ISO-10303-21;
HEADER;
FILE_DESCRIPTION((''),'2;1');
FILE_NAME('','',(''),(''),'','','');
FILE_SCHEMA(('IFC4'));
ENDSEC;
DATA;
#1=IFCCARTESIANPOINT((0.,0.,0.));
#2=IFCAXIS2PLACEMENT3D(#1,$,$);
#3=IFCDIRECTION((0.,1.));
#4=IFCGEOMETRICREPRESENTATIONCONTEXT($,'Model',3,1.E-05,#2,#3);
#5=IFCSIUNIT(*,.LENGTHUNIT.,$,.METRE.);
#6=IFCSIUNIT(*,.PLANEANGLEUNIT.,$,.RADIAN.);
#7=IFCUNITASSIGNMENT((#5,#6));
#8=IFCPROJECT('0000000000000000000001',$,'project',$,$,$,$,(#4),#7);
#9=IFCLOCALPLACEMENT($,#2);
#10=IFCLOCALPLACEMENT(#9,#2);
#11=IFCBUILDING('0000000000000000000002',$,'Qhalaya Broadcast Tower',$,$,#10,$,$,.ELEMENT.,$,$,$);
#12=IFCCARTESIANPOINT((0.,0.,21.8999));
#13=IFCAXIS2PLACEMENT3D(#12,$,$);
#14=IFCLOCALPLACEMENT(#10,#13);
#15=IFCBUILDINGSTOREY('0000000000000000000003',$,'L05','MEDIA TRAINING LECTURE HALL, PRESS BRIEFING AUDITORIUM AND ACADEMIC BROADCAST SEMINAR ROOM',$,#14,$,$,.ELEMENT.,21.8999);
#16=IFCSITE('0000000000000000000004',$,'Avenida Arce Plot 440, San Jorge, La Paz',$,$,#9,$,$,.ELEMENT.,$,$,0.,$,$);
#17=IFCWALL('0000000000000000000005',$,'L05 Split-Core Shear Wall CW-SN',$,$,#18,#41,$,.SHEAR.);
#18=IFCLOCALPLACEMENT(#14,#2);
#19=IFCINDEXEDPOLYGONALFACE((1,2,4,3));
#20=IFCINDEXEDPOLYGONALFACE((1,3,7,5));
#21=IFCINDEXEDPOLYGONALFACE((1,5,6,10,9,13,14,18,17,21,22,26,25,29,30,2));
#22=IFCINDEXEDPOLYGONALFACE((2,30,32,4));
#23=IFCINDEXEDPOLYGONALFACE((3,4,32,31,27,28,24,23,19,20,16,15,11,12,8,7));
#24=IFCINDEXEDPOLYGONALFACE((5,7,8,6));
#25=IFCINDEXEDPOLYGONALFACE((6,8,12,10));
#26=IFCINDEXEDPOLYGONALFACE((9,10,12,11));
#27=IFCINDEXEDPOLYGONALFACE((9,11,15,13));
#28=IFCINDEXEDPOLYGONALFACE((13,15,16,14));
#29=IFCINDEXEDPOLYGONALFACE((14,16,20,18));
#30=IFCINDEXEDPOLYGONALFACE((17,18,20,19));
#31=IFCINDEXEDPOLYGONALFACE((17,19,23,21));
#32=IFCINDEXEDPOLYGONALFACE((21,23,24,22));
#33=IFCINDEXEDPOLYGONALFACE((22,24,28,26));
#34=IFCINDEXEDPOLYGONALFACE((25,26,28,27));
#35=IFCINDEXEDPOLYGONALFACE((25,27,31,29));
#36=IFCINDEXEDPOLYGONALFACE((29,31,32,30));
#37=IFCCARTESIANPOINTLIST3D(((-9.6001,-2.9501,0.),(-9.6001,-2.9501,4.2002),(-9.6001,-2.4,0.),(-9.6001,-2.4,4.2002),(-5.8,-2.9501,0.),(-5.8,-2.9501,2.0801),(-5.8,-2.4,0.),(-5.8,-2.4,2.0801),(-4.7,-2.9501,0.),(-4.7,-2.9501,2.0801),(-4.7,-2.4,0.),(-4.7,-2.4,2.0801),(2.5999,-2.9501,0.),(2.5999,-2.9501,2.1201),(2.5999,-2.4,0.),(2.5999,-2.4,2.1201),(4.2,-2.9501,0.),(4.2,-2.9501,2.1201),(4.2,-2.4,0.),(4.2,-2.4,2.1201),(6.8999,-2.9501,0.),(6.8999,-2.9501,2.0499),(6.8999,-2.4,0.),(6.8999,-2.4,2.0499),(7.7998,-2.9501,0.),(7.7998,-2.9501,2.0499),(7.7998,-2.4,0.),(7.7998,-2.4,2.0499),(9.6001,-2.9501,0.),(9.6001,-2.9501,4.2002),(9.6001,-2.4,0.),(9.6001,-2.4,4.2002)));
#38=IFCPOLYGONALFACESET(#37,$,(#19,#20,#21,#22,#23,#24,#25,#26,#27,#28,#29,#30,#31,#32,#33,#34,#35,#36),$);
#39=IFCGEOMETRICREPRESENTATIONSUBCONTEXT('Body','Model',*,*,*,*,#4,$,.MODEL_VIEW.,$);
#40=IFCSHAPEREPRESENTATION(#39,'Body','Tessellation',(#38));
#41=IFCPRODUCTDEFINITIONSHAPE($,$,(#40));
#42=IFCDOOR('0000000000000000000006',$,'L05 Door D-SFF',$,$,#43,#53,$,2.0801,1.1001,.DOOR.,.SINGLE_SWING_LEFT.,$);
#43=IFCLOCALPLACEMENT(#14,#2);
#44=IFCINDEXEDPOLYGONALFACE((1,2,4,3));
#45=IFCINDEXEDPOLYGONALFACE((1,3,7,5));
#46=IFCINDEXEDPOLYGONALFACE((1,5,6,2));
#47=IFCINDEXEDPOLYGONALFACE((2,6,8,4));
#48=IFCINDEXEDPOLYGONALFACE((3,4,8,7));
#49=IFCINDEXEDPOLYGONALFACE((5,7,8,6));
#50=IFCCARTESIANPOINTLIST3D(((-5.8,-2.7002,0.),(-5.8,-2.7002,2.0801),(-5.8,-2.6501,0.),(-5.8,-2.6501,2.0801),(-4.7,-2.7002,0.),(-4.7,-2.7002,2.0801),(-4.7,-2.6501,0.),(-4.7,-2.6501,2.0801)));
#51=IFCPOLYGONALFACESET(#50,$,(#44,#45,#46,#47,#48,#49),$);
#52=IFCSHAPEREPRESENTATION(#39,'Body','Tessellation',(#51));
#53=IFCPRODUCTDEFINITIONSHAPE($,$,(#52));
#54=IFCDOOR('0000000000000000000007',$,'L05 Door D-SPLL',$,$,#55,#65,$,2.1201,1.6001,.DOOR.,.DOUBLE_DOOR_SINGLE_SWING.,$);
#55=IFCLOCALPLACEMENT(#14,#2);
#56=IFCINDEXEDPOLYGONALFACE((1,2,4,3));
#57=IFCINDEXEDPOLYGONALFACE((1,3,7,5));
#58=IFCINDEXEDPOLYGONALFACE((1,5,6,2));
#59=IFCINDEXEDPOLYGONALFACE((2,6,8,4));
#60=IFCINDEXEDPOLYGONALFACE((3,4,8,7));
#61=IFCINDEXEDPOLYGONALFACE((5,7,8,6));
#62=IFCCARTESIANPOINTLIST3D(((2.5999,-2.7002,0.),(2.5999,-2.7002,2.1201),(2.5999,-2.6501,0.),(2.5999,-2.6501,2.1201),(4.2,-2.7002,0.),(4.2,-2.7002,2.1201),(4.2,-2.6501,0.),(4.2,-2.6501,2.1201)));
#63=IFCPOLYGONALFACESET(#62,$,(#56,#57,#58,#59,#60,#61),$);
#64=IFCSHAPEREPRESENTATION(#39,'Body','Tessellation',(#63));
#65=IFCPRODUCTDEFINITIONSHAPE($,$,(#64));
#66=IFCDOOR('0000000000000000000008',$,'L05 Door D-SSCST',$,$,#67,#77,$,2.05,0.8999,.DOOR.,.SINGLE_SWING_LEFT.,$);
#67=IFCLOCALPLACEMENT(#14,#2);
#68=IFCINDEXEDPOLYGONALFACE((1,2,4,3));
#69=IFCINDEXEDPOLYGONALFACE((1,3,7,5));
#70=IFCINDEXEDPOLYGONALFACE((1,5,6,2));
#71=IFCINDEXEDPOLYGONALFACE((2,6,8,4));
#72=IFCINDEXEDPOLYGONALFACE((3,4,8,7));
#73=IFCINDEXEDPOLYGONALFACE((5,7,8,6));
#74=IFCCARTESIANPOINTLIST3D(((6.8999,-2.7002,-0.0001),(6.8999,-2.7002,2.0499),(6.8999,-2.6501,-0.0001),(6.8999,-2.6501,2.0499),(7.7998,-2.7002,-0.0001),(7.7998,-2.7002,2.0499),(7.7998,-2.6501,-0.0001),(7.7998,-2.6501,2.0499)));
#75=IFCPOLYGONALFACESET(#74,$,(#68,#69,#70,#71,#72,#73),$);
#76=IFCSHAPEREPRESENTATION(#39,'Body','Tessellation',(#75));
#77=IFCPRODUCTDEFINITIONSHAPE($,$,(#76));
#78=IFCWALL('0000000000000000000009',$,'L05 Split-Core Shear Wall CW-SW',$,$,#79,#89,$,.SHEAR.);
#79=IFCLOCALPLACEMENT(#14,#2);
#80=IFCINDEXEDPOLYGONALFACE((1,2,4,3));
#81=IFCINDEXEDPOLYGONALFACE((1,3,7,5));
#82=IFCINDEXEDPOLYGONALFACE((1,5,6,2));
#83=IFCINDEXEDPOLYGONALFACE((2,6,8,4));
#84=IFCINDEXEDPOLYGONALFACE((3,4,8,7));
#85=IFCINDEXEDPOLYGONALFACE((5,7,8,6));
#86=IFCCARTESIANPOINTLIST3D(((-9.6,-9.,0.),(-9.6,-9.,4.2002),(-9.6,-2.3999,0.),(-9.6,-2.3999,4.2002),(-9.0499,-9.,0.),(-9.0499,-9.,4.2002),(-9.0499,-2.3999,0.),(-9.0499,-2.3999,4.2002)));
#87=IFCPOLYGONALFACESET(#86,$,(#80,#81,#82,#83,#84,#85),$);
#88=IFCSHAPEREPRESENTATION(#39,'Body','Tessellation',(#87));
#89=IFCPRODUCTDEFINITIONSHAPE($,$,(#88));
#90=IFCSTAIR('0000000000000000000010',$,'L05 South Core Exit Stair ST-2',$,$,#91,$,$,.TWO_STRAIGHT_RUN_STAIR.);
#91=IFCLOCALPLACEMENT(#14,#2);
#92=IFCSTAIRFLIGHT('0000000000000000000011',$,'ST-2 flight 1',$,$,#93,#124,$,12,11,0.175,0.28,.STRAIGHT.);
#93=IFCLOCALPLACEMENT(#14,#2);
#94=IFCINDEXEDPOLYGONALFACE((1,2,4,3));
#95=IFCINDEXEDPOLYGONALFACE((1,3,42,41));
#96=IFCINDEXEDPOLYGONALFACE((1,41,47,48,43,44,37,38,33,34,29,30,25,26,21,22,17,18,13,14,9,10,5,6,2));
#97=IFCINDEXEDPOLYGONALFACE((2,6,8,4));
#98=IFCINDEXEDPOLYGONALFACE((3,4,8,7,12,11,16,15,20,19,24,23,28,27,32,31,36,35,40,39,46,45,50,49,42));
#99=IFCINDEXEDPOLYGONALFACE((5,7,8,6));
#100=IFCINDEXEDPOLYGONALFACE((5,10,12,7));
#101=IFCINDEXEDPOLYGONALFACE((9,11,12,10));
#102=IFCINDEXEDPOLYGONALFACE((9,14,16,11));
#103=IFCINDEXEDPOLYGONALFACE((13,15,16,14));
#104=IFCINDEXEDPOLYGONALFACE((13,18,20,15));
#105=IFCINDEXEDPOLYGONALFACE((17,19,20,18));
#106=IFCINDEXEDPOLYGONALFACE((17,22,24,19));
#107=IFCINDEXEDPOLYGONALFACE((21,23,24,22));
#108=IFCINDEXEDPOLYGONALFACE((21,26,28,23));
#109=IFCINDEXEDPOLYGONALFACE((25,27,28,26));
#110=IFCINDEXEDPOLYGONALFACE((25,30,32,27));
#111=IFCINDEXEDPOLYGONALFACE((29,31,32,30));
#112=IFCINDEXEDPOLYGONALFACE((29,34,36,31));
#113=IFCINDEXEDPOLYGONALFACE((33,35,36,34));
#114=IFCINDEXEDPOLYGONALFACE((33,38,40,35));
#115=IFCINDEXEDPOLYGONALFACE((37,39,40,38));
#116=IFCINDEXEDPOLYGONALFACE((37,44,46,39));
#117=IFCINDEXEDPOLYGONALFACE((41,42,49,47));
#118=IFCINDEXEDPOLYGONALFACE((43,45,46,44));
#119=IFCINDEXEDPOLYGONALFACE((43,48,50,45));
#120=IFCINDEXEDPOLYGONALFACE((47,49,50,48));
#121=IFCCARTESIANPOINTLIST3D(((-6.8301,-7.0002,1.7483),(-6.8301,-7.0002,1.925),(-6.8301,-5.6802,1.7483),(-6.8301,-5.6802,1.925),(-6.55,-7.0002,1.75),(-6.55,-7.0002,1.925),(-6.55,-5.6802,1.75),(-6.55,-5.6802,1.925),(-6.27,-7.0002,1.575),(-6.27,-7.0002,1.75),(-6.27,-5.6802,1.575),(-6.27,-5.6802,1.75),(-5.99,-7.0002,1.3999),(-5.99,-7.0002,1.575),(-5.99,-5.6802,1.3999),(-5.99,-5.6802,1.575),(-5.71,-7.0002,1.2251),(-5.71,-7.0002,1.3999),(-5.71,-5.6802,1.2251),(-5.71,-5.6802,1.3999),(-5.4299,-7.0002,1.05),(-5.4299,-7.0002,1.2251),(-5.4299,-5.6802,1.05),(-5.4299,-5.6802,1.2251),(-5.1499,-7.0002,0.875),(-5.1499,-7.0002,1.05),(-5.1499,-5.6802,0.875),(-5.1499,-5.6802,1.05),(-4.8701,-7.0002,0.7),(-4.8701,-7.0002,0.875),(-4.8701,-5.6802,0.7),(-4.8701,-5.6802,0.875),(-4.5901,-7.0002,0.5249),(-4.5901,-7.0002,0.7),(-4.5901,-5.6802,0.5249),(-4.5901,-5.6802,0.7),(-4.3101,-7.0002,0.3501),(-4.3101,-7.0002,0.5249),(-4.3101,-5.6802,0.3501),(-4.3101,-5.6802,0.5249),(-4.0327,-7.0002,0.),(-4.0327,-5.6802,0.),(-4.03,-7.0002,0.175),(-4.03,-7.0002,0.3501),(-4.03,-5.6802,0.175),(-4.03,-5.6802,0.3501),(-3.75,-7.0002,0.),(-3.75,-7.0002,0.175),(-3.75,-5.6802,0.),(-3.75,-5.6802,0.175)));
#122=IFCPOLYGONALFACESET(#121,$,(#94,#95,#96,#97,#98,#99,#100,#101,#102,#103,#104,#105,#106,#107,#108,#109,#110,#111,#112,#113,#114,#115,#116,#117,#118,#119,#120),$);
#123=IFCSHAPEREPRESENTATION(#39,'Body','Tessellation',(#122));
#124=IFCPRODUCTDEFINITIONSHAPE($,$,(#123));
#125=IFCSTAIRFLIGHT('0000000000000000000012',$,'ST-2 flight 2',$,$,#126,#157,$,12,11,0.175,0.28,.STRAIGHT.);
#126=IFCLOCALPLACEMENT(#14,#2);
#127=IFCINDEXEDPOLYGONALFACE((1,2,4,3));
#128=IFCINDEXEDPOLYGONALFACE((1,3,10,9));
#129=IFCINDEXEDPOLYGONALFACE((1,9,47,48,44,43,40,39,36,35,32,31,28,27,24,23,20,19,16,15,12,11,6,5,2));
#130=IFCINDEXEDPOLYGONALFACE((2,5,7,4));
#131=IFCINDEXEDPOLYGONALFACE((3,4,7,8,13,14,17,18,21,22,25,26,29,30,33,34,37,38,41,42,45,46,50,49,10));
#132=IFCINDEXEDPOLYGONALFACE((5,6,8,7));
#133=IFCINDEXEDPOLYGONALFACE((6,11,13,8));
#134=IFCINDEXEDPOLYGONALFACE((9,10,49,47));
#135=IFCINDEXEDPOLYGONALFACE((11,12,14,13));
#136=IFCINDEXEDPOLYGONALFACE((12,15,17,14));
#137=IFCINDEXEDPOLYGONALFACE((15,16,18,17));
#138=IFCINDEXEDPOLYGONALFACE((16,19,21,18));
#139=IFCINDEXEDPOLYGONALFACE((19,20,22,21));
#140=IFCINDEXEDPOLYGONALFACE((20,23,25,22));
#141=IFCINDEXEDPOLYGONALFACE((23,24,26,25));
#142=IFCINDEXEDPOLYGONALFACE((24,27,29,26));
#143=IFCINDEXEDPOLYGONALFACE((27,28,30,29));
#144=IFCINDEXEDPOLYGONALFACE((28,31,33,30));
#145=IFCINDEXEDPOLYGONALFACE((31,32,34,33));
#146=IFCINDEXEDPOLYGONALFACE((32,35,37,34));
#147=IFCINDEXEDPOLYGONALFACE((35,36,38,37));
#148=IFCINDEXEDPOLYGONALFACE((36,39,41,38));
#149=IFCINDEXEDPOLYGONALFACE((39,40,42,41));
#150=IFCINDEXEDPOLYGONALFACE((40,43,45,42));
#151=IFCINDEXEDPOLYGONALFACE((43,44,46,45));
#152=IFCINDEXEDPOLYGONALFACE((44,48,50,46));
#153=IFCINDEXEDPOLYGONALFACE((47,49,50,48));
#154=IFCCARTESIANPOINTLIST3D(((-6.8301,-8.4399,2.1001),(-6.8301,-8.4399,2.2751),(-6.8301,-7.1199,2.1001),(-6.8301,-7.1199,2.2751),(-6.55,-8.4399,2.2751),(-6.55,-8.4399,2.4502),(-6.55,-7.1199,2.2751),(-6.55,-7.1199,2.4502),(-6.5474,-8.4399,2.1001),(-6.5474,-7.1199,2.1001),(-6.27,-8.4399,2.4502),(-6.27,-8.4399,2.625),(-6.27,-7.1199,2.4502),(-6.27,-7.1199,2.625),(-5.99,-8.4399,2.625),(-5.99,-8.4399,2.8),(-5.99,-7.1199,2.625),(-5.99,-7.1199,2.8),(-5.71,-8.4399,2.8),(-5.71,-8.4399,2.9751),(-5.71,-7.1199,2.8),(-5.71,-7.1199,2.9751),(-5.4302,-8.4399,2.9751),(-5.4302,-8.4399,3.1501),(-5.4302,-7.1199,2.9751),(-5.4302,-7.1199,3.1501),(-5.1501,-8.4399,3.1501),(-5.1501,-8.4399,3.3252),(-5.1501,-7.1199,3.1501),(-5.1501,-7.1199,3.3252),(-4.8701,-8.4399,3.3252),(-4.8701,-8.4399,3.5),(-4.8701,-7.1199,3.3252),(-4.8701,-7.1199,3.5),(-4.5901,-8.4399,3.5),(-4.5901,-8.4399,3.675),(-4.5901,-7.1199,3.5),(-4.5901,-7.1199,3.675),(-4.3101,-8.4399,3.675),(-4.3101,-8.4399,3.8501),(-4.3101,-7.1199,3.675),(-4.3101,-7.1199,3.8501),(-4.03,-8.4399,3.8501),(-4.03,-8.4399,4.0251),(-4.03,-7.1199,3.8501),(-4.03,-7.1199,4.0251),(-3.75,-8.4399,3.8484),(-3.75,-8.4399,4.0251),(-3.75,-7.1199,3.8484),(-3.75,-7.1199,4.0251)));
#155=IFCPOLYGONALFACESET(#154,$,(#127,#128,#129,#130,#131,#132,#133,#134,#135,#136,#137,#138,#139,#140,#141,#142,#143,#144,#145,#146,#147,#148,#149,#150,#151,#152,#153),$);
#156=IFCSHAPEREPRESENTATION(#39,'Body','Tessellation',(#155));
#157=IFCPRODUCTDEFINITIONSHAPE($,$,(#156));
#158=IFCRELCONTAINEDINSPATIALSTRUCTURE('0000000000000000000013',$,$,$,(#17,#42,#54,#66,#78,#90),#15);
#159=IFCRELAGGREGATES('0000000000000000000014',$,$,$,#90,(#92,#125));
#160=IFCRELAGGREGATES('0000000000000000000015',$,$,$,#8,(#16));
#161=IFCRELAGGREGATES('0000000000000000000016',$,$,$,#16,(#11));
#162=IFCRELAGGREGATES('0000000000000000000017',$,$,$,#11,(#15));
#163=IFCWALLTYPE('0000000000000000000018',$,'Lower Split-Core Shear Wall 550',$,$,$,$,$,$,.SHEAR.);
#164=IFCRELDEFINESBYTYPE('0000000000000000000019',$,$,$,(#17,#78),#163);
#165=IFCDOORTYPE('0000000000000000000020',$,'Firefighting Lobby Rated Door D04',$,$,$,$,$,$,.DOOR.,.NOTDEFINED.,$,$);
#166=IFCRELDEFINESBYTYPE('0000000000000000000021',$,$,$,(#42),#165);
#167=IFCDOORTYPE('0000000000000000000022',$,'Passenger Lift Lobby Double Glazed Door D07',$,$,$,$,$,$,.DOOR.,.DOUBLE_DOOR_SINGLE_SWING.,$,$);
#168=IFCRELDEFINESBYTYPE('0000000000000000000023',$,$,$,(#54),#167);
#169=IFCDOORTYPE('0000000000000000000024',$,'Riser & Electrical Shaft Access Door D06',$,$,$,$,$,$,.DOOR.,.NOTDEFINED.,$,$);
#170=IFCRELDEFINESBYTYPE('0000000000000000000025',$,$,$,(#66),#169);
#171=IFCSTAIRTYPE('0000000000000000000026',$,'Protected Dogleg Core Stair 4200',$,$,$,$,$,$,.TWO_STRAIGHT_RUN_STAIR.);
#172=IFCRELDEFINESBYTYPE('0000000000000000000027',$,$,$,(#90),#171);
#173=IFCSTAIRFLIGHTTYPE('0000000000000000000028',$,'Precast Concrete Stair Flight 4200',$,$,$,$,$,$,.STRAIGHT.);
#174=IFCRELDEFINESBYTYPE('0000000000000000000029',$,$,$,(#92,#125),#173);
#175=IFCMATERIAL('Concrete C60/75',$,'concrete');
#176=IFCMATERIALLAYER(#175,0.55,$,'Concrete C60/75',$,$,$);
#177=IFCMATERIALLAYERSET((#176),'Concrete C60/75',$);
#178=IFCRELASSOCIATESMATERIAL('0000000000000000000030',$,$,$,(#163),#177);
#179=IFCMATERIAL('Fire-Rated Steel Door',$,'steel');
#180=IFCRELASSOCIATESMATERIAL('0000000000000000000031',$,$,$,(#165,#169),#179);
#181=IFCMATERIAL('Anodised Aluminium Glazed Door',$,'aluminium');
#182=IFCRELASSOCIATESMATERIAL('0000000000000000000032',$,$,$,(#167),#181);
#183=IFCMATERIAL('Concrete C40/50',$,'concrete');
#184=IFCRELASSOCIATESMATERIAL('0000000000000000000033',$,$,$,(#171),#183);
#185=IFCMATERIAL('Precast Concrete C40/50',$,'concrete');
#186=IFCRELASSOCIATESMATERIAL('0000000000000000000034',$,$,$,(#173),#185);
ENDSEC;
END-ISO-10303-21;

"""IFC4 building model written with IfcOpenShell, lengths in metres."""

from ifc_helpers import new_model, si_unit, direction, frame, frame_2d, origin, place, context, subcontext, project, spatial, polyline, rectangle, outline, extrude, material, layer, layer_set, type_object, element, fill, aggregate, save


model = new_model("IFC4")

# Units and contexts
model_context = context("Model", 3, precision=1e-05, world=origin(), true_north=direction((0.0, 1.0)))
body_context = subcontext(model_context, "Body", "Model", "MODEL_VIEW")
ifc_project = project(units=[si_unit("LENGTHUNIT", "METRE"), si_unit("PLANEANGLEUNIT", "RADIAN")], contexts=[model_context])

# Site, building, storey
site_placement = place(None, origin())
site = spatial("IfcSite", under=ifc_project, at=site_placement, Name="Avenida Arce Plot 440, San Jorge, La Paz", CompositionType="ELEMENT", RefElevation=0.0)
building_placement = place(site_placement, origin())
building = spatial("IfcBuilding", under=site, at=building_placement, Name="Qhalaya Broadcast Tower", CompositionType="ELEMENT")
storey_placement = place(building_placement, frame((0.0, 0.0, 21.8999)))
storey = spatial("IfcBuildingStorey", under=building, at=storey_placement, Name="L05", Description="MEDIA TRAINING LECTURE HALL, PRESS BRIEFING AUDITORIUM AND ACADEMIC BROADCAST SEMINAR ROOM", CompositionType="ELEMENT", Elevation=21.8999)

# Shared definitions
ifc_material_1 = material(Name="Fire-Rated Steel Door", Category="steel")

# Shared definitions
ifc_material_2 = material(Name="Concrete C60/75", Category="concrete")
ifc_layer_1 = layer(ifc_material_2, 0.55, Name="Concrete C60/75")
ifc_layer_set_1 = layer_set([ifc_layer_1], Name="Concrete C60/75")
wall_type_1 = type_object("IfcWallType", Name="Lower Split-Core Shear Wall 550", PredefinedType="SHEAR", material=ifc_layer_set_1)

# Wall, openings, doors
wall_1_placement = place(storey_placement, frame((-9.6001, -2.675, 0.0), z_axis=(0.0, 0.0, 1.0), x_axis=(1.0, 0.0, 0.0)))
wall_1 = element("IfcWall", 1, at=wall_1_placement, inside=storey, type_object=wall_type_1, Name="L05 Split-Core Shear Wall CW-SN", PredefinedType="SHEAR", context=body_context, shape_type="SweptSolid", body=[
    extrude(rectangle(XDim=19.2002, YDim=0.55, at=frame_2d((9.6001, 0.0))), origin(), (0.0, 0.0, 1.0), 4.2002),
])
opening_1_placement = place(wall_1_placement, frame((3.8, 0.0, 0.0)))
opening_1 = element("IfcOpeningElement", 2, at=opening_1_placement, cuts=wall_1, PredefinedType="OPENING", context=body_context, shape_type="SweptSolid", body=[
    extrude(rectangle(XDim=1.1001, YDim=2.0801, at=frame_2d((0.55, 1.04))), frame((0.0, 0.2871, 0.0), z_axis=(0.0, -1.0, 0.0), x_axis=(1.0, 0.0, 0.0)), (0.0, 0.0, 1.0), 0.574),
])
opening_2_placement = place(wall_1_placement, frame((12.2, 0.0, 0.0)))
opening_2 = element("IfcOpeningElement", 3, at=opening_2_placement, cuts=wall_1, PredefinedType="OPENING", context=body_context, shape_type="SweptSolid", body=[
    extrude(rectangle(XDim=1.6001, YDim=2.1201, at=frame_2d((0.8, 1.0601))), frame((0.0, 0.2871, 0.0), z_axis=(0.0, -1.0, 0.0), x_axis=(1.0, 0.0, 0.0)), (0.0, 0.0, 1.0), 0.574),
])
opening_3_placement = place(wall_1_placement, frame((16.5, 0.0, 0.0)))
opening_3 = element("IfcOpeningElement", 4, at=opening_3_placement, cuts=wall_1, PredefinedType="OPENING", context=body_context, shape_type="SweptSolid", body=[
    extrude(rectangle(XDim=0.8999, YDim=2.05, at=frame_2d((0.45, 1.0249))), frame((0.0, 0.2871, 0.0), z_axis=(0.0, -1.0, 0.0), x_axis=(1.0, 0.0, 0.0)), (0.0, 0.0, 1.0), 0.574),
])
door_type_1 = type_object("IfcDoorType", Name="Firefighting Lobby Rated Door D04", OperationType="NOTDEFINED", PredefinedType="DOOR", material=ifc_material_1)
door_1_placement = place(opening_1_placement, origin())
door_1 = element("IfcDoor", 5, at=door_1_placement, inside=storey, type_object=door_type_1, Name="L05 Door D-SFF", OperationType="SINGLE_SWING_LEFT", OverallHeight=2.0801, OverallWidth=1.1001, PredefinedType="DOOR", context=body_context, shape_type="SweptSolid", body=[
    extrude(rectangle(XDim=1.1001, YDim=2.0801, at=frame_2d((0.55, 1.04))), frame((0.0, 0.0249, 0.0), z_axis=(0.0, -1.0, 0.0), x_axis=(1.0, 0.0, 0.0)), (0.0, 0.0, 1.0), 0.05),
])
fill(opening_1, door_1)
ifc_material_3 = material(Name="Anodised Aluminium Glazed Door", Category="aluminium")
door_type_2 = type_object("IfcDoorType", Name="Passenger Lift Lobby Double Glazed Door D07", OperationType="DOUBLE_DOOR_SINGLE_SWING", PredefinedType="DOOR", material=ifc_material_3)
door_2_placement = place(opening_2_placement, origin())
door_2 = element("IfcDoor", 6, at=door_2_placement, inside=storey, type_object=door_type_2, Name="L05 Door D-SPLL", OperationType="DOUBLE_DOOR_SINGLE_SWING", OverallHeight=2.1201, OverallWidth=1.6001, PredefinedType="DOOR", context=body_context, shape_type="SweptSolid", body=[
    extrude(rectangle(XDim=1.6001, YDim=2.1201, at=frame_2d((0.8, 1.0601))), frame((0.0, 0.0249, 0.0), z_axis=(0.0, -1.0, 0.0), x_axis=(1.0, 0.0, 0.0)), (0.0, 0.0, 1.0), 0.05),
])
fill(opening_2, door_2)
door_type_3 = type_object("IfcDoorType", Name="Riser & Electrical Shaft Access Door D06", OperationType="NOTDEFINED", PredefinedType="DOOR", material=ifc_material_1)
door_3_placement = place(opening_3_placement, origin())
door_3 = element("IfcDoor", 7, at=door_3_placement, inside=storey, type_object=door_type_3, Name="L05 Door D-SSCST", OperationType="SINGLE_SWING_LEFT", OverallHeight=2.05, OverallWidth=0.8999, PredefinedType="DOOR", context=body_context, shape_type="SweptSolid", body=[
    extrude(rectangle(XDim=0.8999, YDim=2.05, at=frame_2d((0.45, 1.0249))), frame((0.0, 0.0249, 0.0), z_axis=(0.0, -1.0, 0.0), x_axis=(1.0, 0.0, 0.0)), (0.0, 0.0, 1.0), 0.05),
])
fill(opening_3, door_3)

# Wall
wall_2_placement = place(storey_placement, frame((-9.325, -9.0, 0.0), z_axis=(0.0, 0.0, 1.0), x_axis=(0.0, 1.0, 0.0)))
element("IfcWall", 8, at=wall_2_placement, inside=storey, type_object=wall_type_1, Name="L05 Split-Core Shear Wall CW-SW", PredefinedType="SHEAR", context=body_context, shape_type="SweptSolid", body=[
    extrude(rectangle(XDim=6.6001, YDim=0.55, at=frame_2d((3.3, 0.0))), origin(), (0.0, 0.0, 1.0), 4.2002),
])

# Stair, stair flights
ifc_material_4 = material(Name="Concrete C40/50", Category="concrete")
stair_type = type_object("IfcStairType", Name="Protected Dogleg Core Stair 4200", PredefinedType="TWO_STRAIGHT_RUN_STAIR", material=ifc_material_4)
stair_placement = place(storey_placement, origin())
stair = element("IfcStair", 9, at=stair_placement, inside=storey, type_object=stair_type, Name="L05 South Core Exit Stair ST-2", PredefinedType="TWO_STRAIGHT_RUN_STAIR")
ifc_material_5 = material(Name="Precast Concrete C40/50", Category="concrete")
stair_flight_type = type_object("IfcStairFlightType", Name="Precast Concrete Stair Flight 4200", PredefinedType="STRAIGHT", material=ifc_material_5)
stair_flight_1_placement = place(storey_placement, frame((-3.75, -6.3401, 0.0), z_axis=(0.0, 0.0, 1.0), x_axis=(-1.0, 0.0, 0.0)))
stair_flight_1 = element("IfcStairFlight", 10, at=stair_flight_1_placement, type_object=stair_flight_type, Name="ST-2 flight 1", NumberOfRisers=12, NumberOfTreads=11, PredefinedType="STRAIGHT", RiserHeight=0.175, TreadLength=0.28, context=body_context, shape_type="SweptSolid", body=[
    extrude(outline(polyline([(0.0, 0.0), (0.0, 0.175), (0.28, 0.175), (0.28, 0.3501), (0.5601, 0.3501), (0.5601, 0.5249), (0.8401, 0.5249), (0.8401, 0.7), (1.1201, 0.7), (1.1201, 0.875), (1.3999, 0.875), (1.3999, 1.05), (1.6799, 1.05), (1.6799, 1.2251), (1.96, 1.2251), (1.96, 1.3999), (2.24, 1.3999), (2.24, 1.575), (2.52, 1.575), (2.52, 1.75), (2.8, 1.75), (2.8, 1.925), (3.0801, 1.925), (3.0801, 2.1001), (3.0801, 1.7483), (0.2827, 0.0), (0.0, 0.0)])), frame((0.0, 0.6602, 0.0), z_axis=(0.0, -1.0, 0.0), x_axis=(1.0, 0.0, 0.0)), (0.0, 0.0, 1.0), 1.3201),
])
stair_flight_2_placement = place(storey_placement, frame((-6.8301, -7.78, 2.1001), z_axis=(0.0, 0.0, 1.0), x_axis=(1.0, 0.0, 0.0)))
stair_flight_2 = element("IfcStairFlight", 11, at=stair_flight_2_placement, type_object=stair_flight_type, Name="ST-2 flight 2", NumberOfRisers=12, NumberOfTreads=11, PredefinedType="STRAIGHT", RiserHeight=0.175, TreadLength=0.28, context=body_context, shape_type="SweptSolid", body=[
    extrude(outline(polyline([(0.0, 0.0), (0.0, 0.175), (0.28, 0.175), (0.28, 0.3501), (0.5601, 0.3501), (0.5601, 0.5249), (0.8401, 0.5249), (0.8401, 0.7), (1.1201, 0.7), (1.1201, 0.875), (1.3999, 0.875), (1.3999, 1.05), (1.6799, 1.05), (1.6799, 1.2251), (1.96, 1.2251), (1.96, 1.3999), (2.24, 1.3999), (2.24, 1.575), (2.52, 1.575), (2.52, 1.75), (2.8, 1.75), (2.8, 1.925), (3.0801, 1.925), (3.0801, 2.1001), (3.0801, 1.7483), (0.2827, 0.0), (0.0, 0.0)])), frame((0.0, 0.6602, 0.0), z_axis=(0.0, -1.0, 0.0), x_axis=(1.0, 0.0, 0.0)), (0.0, 0.0, 1.0), 1.3201),
])
aggregate(stair, [stair_flight_1, stair_flight_2])

save(model, "model.ifc")
